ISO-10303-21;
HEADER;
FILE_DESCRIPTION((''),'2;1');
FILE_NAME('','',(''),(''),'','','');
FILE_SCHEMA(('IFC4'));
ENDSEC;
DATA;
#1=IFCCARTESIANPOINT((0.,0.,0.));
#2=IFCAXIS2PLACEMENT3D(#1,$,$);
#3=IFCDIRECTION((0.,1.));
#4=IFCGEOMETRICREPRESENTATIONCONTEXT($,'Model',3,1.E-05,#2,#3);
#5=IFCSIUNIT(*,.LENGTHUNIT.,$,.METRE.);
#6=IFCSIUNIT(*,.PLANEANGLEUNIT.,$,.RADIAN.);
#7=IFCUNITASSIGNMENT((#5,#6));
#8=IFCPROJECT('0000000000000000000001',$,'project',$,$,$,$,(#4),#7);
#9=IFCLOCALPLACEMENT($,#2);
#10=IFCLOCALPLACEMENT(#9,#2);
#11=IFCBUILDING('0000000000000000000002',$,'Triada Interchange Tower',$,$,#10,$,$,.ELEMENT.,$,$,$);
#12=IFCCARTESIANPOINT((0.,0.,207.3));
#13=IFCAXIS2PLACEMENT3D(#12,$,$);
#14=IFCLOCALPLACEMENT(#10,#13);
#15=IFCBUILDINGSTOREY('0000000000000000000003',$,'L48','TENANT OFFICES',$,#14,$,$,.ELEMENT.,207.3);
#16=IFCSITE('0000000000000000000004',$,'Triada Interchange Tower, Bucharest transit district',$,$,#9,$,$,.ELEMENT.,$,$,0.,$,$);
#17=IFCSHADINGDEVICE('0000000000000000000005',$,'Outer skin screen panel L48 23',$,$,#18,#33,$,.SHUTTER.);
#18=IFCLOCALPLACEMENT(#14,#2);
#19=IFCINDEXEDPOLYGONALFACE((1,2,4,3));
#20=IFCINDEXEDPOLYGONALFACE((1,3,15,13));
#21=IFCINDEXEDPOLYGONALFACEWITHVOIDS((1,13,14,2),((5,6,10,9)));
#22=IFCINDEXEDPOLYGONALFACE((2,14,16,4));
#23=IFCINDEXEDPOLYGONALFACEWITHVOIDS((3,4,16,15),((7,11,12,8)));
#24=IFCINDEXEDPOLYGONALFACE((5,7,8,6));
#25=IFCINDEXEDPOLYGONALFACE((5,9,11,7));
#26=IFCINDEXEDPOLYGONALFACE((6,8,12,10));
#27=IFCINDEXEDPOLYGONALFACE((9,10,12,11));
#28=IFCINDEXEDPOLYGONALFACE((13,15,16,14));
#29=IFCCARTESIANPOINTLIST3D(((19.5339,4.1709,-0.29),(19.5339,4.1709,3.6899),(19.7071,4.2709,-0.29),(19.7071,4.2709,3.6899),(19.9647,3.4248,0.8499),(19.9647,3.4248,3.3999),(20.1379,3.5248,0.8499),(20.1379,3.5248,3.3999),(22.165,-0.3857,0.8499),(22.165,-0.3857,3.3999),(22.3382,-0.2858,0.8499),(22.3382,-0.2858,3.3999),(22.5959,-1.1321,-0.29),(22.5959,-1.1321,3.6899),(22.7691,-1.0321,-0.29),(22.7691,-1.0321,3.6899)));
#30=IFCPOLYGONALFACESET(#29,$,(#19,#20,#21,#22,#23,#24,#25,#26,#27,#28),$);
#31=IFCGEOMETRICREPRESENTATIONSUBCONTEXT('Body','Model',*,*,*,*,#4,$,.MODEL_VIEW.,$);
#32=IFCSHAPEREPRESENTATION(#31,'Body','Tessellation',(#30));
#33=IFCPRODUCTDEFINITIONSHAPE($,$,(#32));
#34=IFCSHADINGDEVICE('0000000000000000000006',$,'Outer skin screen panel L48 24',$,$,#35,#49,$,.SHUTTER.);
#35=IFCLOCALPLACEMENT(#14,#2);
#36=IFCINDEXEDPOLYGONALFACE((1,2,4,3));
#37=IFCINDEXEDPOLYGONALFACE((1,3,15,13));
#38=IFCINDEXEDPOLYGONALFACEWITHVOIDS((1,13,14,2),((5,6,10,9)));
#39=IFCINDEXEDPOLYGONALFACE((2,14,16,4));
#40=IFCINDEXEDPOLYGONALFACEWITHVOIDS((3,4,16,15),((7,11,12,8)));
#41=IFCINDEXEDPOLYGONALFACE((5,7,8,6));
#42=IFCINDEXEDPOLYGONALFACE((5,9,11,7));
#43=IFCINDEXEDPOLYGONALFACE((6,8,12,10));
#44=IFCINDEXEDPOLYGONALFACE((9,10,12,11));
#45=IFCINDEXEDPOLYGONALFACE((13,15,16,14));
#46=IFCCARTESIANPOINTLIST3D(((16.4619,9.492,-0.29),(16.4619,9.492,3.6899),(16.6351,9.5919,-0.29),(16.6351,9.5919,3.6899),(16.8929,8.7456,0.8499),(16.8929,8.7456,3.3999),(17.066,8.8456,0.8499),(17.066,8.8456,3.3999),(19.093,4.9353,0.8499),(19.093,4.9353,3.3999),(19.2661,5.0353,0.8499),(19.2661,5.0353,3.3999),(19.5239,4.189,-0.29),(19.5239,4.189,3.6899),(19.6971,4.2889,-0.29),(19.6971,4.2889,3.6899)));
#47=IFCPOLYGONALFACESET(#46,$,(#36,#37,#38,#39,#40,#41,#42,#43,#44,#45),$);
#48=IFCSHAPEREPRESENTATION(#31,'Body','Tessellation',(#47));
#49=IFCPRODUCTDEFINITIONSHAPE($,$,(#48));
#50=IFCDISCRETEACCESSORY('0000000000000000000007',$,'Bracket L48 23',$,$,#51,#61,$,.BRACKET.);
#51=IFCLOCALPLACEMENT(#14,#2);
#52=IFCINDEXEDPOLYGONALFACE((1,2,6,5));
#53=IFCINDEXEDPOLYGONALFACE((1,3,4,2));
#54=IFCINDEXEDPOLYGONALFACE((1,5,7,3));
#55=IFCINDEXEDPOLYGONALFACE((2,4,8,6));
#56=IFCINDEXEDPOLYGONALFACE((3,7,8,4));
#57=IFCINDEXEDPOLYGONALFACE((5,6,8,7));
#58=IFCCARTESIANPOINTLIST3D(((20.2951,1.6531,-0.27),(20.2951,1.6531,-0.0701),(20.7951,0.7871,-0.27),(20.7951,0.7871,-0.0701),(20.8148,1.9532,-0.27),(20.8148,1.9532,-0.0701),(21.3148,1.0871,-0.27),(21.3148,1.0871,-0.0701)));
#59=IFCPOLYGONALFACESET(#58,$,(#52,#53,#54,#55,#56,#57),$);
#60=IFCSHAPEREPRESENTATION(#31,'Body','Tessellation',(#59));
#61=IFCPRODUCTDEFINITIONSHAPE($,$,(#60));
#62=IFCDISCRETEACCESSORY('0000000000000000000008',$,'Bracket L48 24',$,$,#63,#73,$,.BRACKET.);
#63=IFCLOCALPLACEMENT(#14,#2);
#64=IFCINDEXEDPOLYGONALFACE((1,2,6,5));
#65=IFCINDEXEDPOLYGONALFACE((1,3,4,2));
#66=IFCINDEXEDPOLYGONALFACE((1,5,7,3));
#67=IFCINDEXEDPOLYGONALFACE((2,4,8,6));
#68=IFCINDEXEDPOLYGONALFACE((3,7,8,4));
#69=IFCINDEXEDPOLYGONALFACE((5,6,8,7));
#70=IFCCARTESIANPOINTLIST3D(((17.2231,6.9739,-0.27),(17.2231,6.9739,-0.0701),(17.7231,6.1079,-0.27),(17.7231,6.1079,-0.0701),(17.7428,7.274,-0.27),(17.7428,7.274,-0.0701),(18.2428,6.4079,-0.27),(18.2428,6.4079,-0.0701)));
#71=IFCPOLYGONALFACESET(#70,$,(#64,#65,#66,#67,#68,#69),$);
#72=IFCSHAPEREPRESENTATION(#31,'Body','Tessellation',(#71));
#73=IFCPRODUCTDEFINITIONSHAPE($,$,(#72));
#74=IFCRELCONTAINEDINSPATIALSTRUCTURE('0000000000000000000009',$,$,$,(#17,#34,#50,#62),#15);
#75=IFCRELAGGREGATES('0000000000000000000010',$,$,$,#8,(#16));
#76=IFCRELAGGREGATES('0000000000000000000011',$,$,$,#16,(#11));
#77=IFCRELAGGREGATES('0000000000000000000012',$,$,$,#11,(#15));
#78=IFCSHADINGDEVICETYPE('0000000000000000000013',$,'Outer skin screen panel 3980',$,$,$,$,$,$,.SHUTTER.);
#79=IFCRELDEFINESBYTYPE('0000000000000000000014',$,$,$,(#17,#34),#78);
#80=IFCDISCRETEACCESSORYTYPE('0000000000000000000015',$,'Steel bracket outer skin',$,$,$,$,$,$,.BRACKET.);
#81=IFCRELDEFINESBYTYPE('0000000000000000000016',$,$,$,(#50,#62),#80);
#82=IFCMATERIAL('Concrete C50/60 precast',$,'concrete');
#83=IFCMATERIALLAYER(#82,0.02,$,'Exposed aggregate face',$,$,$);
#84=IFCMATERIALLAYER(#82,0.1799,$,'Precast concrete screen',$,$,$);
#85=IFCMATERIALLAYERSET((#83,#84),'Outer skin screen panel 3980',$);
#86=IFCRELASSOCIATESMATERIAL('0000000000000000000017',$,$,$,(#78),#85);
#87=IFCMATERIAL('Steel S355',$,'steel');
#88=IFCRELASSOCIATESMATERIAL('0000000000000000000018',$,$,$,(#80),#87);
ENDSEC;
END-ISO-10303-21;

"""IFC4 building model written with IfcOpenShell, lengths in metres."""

from ifc_helpers import new_model, si_unit, direction, frame, origin, origin_2d, place, context, subcontext, project, spatial, polyline, rectangle, outline, extrude, material, layer, layer_set, type_object, element, save


model = new_model("IFC4")

# Units and contexts
model_context = context("Model", 3, precision=1e-05, world=origin(), true_north=direction((0.0, 1.0)))
body_context = subcontext(model_context, "Body", "Model", "MODEL_VIEW")
ifc_project = project(units=[si_unit("LENGTHUNIT", "METRE"), si_unit("PLANEANGLEUNIT", "RADIAN")], contexts=[model_context])

# Site, building, storey
site_placement = place(None, origin())
site = spatial("IfcSite", under=ifc_project, at=site_placement, Name="Triada Interchange Tower, Bucharest transit district", CompositionType="ELEMENT", RefElevation=0.0)
building_placement = place(site_placement, origin())
building = spatial("IfcBuilding", under=site, at=building_placement, Name="Triada Interchange Tower", CompositionType="ELEMENT")
storey_placement = place(building_placement, frame((0.0, 0.0, 207.3)))
storey = spatial("IfcBuildingStorey", under=building, at=storey_placement, Name="L48", Description="TENANT OFFICES", CompositionType="ELEMENT", Elevation=207.3)

# Shading devices
ifc_material_1 = material(Name="Concrete C50/60 precast", Category="concrete")
ifc_layer_1 = layer(ifc_material_1, 0.02, Name="Exposed aggregate face")
ifc_layer_2 = layer(ifc_material_1, 0.1799, Name="Precast concrete screen")
ifc_layer_set_1 = layer_set([ifc_layer_1, ifc_layer_2], Name="Outer skin screen panel 3980")
shading_device_type = type_object("IfcShadingDeviceType", Name="Outer skin screen panel 3980", PredefinedType="SHUTTER", material=ifc_layer_set_1)
shading_device_1_placement = place(storey_placement, frame((22.5959, -1.1321, -0.29), z_axis=(0.0, 0.0, 1.0), x_axis=(-0.500041, 0.866002, 0.0)))
element("IfcShadingDevice", 1, at=shading_device_1_placement, inside=storey, type_object=shading_device_type, Name="Outer skin screen panel L48 23", PredefinedType="SHUTTER", context=body_context, shape_type="SweptSolid", body=[
    extrude(outline(polyline([(0.0, 0.0), (6.1235, 0.0), (6.1235, 3.98), (0.0, 3.98), (0.0, 0.0)]), holes=[polyline([(0.8618, 1.1399), (0.8618, 3.6899), (5.262, 3.6899), (5.262, 1.1399), (0.8618, 1.1399)])]), frame((0.0, 0.0, 0.0), z_axis=(0.0, -1.0, 0.0), x_axis=(1.0, 0.0, 0.0)), (0.0, 0.0, 1.0), 0.2),
])
shading_device_2_placement = place(storey_placement, frame((19.5239, 4.189, -0.29), z_axis=(0.0, 0.0, 1.0), x_axis=(-0.500041, 0.866002, 0.0)))
element("IfcShadingDevice", 2, at=shading_device_2_placement, inside=storey, type_object=shading_device_type, Name="Outer skin screen panel L48 24", PredefinedType="SHUTTER", context=body_context, shape_type="SweptSolid", body=[
    extrude(outline(polyline([(0.0, 0.0), (6.1235, 0.0), (6.1235, 3.98), (0.0, 3.98), (0.0, 0.0)]), holes=[polyline([(0.8618, 1.1399), (0.8618, 3.6899), (5.2617, 3.6899), (5.2617, 1.1399), (0.8618, 1.1399)])]), frame((0.0, 0.0, 0.0), z_axis=(0.0, -1.0, 0.0), x_axis=(1.0, 0.0, 0.0)), (0.0, 0.0, 1.0), 0.2),
])

# Discrete accessories
ifc_material_2 = material(Name="Steel S355", Category="steel")
discrete_accessory_type = type_object("IfcDiscreteAccessoryType", Name="Steel bracket outer skin", PredefinedType="BRACKET", material=ifc_material_2)
for number, where, z_axis, x_axis, name in (
    (3, (20.8049, 1.3701, -0.27), (0.0, 0.0, 1.0), (0.866021, 0.500007, 0.0), "Bracket L48 23"),
    (4, (17.7329, 6.6909, -0.27), (0.0, 0.0, 1.0), (0.866021, 0.500007, 0.0), "Bracket L48 24"),
):
    element("IfcDiscreteAccessory", number, at=place(storey_placement, frame(where, z_axis=z_axis, x_axis=x_axis)), inside=storey, type_object=discrete_accessory_type, Name=name, PredefinedType="BRACKET", context=body_context, shape_type="SweptSolid", body=[
        extrude(rectangle(XDim=0.6001, YDim=1.0, at=origin_2d()), origin(), (0.0, 0.0, 1.0), 0.2),
    ])

save(model, "model.ifc")
